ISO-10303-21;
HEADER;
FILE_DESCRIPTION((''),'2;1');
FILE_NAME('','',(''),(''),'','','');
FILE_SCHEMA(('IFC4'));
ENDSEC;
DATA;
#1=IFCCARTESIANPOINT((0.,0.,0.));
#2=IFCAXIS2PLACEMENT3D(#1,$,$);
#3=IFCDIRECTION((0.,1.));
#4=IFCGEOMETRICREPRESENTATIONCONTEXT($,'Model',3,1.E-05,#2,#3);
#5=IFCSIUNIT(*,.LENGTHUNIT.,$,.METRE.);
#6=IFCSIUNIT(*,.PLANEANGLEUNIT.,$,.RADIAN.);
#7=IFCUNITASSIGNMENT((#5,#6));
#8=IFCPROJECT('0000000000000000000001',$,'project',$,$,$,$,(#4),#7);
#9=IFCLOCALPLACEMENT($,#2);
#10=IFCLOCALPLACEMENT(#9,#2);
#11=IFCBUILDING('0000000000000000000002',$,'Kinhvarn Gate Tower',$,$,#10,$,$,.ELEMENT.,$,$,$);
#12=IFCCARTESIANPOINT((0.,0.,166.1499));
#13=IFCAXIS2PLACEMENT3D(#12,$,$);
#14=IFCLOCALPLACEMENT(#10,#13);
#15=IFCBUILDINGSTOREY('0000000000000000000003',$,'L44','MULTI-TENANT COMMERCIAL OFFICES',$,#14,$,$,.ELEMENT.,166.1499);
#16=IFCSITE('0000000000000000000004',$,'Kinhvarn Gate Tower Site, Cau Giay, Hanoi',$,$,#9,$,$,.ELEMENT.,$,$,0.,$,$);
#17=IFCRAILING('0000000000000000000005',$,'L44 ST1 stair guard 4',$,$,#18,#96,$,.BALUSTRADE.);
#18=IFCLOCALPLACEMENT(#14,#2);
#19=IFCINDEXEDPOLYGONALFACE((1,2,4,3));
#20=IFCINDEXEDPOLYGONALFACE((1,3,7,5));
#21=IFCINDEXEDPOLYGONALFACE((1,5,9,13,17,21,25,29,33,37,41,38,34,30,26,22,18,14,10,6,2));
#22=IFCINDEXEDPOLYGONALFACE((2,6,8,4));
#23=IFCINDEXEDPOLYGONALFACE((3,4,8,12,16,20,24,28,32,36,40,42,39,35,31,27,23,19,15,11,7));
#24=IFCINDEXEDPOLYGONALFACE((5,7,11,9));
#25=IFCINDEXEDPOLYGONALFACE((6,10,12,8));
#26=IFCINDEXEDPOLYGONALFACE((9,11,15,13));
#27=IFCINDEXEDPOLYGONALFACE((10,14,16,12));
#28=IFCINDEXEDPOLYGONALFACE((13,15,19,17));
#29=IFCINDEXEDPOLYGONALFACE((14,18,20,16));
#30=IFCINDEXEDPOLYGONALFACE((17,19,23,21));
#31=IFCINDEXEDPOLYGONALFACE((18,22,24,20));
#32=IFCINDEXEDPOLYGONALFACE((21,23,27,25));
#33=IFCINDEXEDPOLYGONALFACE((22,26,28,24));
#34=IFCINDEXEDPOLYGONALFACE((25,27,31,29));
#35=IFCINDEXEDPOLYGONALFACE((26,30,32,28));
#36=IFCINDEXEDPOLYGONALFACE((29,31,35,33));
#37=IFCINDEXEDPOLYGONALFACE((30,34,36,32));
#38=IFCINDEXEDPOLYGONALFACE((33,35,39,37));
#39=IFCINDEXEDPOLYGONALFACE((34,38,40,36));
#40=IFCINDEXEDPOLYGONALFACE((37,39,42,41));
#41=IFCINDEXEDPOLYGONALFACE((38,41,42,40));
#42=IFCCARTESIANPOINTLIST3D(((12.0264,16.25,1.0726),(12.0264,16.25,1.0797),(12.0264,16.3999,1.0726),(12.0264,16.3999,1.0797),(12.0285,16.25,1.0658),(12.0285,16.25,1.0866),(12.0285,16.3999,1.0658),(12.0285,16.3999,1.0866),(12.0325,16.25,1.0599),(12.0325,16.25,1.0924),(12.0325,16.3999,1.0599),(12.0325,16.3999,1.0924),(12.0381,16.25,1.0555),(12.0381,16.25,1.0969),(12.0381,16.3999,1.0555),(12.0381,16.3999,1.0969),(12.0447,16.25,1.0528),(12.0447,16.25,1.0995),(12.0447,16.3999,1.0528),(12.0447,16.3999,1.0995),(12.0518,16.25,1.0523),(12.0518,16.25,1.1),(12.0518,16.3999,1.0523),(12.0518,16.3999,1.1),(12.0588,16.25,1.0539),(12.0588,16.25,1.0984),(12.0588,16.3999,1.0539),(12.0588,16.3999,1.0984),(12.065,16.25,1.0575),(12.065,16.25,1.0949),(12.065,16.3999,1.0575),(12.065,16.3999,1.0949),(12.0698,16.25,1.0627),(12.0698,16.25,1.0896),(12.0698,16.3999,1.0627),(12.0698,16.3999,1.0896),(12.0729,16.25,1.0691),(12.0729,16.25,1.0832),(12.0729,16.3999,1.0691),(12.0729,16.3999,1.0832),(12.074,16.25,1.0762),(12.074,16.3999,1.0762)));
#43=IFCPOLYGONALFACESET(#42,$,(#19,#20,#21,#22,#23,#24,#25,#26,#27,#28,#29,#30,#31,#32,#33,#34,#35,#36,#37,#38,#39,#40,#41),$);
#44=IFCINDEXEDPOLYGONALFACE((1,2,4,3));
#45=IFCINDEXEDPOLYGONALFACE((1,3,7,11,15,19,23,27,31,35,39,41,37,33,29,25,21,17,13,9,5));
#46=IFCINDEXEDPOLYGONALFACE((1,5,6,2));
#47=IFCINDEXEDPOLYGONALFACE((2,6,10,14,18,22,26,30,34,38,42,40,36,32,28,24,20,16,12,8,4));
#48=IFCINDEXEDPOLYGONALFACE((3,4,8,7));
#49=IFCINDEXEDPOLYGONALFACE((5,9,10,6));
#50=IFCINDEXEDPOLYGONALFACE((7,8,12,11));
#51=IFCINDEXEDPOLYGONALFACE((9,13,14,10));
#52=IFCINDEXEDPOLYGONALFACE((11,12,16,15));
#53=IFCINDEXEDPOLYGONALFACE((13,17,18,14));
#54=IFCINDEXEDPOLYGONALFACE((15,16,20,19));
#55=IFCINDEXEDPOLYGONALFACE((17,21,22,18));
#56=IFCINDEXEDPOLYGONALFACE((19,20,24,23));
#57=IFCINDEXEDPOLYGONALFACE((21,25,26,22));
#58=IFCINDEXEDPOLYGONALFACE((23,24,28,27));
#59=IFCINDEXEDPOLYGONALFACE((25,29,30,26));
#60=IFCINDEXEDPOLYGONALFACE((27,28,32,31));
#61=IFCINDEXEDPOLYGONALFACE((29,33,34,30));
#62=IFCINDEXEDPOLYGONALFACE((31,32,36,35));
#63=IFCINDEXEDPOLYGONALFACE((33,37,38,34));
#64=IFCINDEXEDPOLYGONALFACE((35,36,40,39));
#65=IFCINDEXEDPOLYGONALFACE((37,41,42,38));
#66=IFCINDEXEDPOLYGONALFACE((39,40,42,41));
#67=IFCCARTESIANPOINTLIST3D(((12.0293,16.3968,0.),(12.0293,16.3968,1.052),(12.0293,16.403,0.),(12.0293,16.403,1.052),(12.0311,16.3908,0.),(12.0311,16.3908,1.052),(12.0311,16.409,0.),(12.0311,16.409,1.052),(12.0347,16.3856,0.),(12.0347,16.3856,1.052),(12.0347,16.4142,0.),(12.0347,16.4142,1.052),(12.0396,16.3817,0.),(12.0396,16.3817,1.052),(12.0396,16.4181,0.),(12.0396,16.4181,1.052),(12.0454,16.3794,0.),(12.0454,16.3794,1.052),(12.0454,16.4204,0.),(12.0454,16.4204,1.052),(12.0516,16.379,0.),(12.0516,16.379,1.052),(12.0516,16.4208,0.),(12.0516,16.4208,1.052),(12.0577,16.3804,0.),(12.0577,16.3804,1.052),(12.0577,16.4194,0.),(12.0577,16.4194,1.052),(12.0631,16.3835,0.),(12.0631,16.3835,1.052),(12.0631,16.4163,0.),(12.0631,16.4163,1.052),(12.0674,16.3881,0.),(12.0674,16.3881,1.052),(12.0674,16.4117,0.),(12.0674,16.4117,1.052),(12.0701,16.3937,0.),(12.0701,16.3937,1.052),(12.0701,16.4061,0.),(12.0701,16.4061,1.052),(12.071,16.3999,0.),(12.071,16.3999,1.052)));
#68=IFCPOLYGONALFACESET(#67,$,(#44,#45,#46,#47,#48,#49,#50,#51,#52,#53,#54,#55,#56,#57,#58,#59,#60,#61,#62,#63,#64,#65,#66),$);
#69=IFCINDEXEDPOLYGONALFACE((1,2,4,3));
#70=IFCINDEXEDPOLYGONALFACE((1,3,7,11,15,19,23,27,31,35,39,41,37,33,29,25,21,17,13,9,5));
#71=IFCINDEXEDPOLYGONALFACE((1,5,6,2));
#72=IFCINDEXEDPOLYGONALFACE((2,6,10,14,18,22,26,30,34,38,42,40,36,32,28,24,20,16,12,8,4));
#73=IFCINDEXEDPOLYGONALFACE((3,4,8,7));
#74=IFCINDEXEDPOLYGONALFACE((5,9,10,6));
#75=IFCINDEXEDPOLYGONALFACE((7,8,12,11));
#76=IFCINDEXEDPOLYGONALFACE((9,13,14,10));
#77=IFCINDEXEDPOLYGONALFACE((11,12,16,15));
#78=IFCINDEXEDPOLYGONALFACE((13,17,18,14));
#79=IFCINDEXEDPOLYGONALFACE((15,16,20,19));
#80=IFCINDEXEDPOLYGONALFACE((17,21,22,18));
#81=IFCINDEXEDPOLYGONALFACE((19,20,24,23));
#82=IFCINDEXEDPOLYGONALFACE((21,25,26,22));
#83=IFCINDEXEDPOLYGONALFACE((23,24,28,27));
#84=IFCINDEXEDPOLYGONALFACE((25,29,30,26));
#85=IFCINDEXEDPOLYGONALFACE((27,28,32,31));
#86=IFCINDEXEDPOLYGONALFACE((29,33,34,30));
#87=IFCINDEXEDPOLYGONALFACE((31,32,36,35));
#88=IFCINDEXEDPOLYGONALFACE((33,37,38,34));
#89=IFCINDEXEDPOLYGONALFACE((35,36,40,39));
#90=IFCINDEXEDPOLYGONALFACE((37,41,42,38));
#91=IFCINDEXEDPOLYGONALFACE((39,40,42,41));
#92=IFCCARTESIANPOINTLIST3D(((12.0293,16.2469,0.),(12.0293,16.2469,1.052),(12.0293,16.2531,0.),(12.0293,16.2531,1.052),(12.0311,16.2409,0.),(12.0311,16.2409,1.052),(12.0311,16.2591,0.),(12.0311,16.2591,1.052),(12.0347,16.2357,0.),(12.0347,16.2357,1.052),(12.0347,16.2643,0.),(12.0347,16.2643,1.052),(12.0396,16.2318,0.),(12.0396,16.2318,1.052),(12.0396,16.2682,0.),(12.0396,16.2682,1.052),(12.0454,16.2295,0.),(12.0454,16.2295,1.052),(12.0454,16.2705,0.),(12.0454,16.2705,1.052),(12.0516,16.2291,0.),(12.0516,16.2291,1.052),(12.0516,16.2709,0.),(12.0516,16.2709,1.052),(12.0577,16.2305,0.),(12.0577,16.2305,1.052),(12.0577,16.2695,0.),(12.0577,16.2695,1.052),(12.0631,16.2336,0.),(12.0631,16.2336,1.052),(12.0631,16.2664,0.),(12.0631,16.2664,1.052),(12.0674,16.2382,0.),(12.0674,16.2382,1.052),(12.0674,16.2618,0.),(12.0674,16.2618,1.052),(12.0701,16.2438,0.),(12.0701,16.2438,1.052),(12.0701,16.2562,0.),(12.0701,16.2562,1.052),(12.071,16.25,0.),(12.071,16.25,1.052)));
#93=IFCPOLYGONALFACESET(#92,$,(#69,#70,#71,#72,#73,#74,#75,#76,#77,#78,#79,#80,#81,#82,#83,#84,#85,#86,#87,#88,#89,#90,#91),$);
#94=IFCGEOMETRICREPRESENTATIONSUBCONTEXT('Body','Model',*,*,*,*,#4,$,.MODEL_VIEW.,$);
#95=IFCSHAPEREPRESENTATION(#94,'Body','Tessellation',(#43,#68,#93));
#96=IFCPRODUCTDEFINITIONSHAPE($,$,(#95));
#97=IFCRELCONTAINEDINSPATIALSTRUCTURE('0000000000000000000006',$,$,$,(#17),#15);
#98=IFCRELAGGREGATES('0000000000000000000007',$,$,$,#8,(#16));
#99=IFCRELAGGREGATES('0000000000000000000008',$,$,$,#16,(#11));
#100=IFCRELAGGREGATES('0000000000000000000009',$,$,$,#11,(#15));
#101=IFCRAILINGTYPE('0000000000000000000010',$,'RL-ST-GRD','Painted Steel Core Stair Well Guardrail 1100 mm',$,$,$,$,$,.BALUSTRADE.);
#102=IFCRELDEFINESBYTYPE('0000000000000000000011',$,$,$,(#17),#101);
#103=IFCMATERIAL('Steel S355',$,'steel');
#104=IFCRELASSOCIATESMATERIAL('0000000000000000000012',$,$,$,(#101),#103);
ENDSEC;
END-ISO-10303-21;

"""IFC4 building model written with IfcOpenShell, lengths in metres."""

from ifc_helpers import new_model, si_unit, direction, frame, origin, origin_2d, place, context, subcontext, project, spatial, circle, extrude, material, type_object, element, save


model = new_model("IFC4")

# Units and contexts
model_context = context("Model", 3, precision=1e-05, world=origin(), true_north=direction((0.0, 1.0)))
body_context = subcontext(model_context, "Body", "Model", "MODEL_VIEW")
ifc_project = project(units=[si_unit("LENGTHUNIT", "METRE"), si_unit("PLANEANGLEUNIT", "RADIAN")], contexts=[model_context])

# Site, building, storey
site_placement = place(None, origin())
site = spatial("IfcSite", under=ifc_project, at=site_placement, Name="Kinhvarn Gate Tower Site, Cau Giay, Hanoi", CompositionType="ELEMENT", RefElevation=0.0)
building_placement = place(site_placement, origin())
building = spatial("IfcBuilding", under=site, at=building_placement, Name="Kinhvarn Gate Tower", CompositionType="ELEMENT")
storey_placement = place(building_placement, frame((0.0, 0.0, 166.1499)))
storey = spatial("IfcBuildingStorey", under=building, at=storey_placement, Name="L44", Description="MULTI-TENANT COMMERCIAL OFFICES", CompositionType="ELEMENT", Elevation=166.1499)

# Shared definitions
ifc_material_1 = material(Name="Steel S355", Category="steel")

# Railing
railing_type_1 = type_object("IfcRailingType", Name="RL-ST-GRD", Description="Painted Steel Core Stair Well Guardrail 1100 mm", PredefinedType="BALUSTRADE", material=ifc_material_1)
railing_1_placement = place(storey_placement, frame((12.05, 16.3999, 0.0)))
element("IfcRailing", 1, at=railing_1_placement, inside=storey, type_object=railing_type_1, Name="L44 ST1 stair guard 4", PredefinedType="BALUSTRADE", context=body_context, shape_type="SweptSolid", body=[
    extrude(circle(Radius=0.0239, at=origin_2d()), frame((0.0, 0.0, 1.0762), z_axis=(0.0, -1.0, 0.0), x_axis=(1.0, 0.0, 0.0)), (0.0, 0.0, 1.0), 0.1499),
    extrude(circle(Radius=0.021, at=origin_2d()), origin(), (0.0, 0.0, 1.0), 1.052),
    extrude(circle(Radius=0.021, at=origin_2d()), frame((0.0, -0.1499, 0.0)), (0.0, 0.0, 1.0), 1.052),
])

save(model, "model.ifc")
